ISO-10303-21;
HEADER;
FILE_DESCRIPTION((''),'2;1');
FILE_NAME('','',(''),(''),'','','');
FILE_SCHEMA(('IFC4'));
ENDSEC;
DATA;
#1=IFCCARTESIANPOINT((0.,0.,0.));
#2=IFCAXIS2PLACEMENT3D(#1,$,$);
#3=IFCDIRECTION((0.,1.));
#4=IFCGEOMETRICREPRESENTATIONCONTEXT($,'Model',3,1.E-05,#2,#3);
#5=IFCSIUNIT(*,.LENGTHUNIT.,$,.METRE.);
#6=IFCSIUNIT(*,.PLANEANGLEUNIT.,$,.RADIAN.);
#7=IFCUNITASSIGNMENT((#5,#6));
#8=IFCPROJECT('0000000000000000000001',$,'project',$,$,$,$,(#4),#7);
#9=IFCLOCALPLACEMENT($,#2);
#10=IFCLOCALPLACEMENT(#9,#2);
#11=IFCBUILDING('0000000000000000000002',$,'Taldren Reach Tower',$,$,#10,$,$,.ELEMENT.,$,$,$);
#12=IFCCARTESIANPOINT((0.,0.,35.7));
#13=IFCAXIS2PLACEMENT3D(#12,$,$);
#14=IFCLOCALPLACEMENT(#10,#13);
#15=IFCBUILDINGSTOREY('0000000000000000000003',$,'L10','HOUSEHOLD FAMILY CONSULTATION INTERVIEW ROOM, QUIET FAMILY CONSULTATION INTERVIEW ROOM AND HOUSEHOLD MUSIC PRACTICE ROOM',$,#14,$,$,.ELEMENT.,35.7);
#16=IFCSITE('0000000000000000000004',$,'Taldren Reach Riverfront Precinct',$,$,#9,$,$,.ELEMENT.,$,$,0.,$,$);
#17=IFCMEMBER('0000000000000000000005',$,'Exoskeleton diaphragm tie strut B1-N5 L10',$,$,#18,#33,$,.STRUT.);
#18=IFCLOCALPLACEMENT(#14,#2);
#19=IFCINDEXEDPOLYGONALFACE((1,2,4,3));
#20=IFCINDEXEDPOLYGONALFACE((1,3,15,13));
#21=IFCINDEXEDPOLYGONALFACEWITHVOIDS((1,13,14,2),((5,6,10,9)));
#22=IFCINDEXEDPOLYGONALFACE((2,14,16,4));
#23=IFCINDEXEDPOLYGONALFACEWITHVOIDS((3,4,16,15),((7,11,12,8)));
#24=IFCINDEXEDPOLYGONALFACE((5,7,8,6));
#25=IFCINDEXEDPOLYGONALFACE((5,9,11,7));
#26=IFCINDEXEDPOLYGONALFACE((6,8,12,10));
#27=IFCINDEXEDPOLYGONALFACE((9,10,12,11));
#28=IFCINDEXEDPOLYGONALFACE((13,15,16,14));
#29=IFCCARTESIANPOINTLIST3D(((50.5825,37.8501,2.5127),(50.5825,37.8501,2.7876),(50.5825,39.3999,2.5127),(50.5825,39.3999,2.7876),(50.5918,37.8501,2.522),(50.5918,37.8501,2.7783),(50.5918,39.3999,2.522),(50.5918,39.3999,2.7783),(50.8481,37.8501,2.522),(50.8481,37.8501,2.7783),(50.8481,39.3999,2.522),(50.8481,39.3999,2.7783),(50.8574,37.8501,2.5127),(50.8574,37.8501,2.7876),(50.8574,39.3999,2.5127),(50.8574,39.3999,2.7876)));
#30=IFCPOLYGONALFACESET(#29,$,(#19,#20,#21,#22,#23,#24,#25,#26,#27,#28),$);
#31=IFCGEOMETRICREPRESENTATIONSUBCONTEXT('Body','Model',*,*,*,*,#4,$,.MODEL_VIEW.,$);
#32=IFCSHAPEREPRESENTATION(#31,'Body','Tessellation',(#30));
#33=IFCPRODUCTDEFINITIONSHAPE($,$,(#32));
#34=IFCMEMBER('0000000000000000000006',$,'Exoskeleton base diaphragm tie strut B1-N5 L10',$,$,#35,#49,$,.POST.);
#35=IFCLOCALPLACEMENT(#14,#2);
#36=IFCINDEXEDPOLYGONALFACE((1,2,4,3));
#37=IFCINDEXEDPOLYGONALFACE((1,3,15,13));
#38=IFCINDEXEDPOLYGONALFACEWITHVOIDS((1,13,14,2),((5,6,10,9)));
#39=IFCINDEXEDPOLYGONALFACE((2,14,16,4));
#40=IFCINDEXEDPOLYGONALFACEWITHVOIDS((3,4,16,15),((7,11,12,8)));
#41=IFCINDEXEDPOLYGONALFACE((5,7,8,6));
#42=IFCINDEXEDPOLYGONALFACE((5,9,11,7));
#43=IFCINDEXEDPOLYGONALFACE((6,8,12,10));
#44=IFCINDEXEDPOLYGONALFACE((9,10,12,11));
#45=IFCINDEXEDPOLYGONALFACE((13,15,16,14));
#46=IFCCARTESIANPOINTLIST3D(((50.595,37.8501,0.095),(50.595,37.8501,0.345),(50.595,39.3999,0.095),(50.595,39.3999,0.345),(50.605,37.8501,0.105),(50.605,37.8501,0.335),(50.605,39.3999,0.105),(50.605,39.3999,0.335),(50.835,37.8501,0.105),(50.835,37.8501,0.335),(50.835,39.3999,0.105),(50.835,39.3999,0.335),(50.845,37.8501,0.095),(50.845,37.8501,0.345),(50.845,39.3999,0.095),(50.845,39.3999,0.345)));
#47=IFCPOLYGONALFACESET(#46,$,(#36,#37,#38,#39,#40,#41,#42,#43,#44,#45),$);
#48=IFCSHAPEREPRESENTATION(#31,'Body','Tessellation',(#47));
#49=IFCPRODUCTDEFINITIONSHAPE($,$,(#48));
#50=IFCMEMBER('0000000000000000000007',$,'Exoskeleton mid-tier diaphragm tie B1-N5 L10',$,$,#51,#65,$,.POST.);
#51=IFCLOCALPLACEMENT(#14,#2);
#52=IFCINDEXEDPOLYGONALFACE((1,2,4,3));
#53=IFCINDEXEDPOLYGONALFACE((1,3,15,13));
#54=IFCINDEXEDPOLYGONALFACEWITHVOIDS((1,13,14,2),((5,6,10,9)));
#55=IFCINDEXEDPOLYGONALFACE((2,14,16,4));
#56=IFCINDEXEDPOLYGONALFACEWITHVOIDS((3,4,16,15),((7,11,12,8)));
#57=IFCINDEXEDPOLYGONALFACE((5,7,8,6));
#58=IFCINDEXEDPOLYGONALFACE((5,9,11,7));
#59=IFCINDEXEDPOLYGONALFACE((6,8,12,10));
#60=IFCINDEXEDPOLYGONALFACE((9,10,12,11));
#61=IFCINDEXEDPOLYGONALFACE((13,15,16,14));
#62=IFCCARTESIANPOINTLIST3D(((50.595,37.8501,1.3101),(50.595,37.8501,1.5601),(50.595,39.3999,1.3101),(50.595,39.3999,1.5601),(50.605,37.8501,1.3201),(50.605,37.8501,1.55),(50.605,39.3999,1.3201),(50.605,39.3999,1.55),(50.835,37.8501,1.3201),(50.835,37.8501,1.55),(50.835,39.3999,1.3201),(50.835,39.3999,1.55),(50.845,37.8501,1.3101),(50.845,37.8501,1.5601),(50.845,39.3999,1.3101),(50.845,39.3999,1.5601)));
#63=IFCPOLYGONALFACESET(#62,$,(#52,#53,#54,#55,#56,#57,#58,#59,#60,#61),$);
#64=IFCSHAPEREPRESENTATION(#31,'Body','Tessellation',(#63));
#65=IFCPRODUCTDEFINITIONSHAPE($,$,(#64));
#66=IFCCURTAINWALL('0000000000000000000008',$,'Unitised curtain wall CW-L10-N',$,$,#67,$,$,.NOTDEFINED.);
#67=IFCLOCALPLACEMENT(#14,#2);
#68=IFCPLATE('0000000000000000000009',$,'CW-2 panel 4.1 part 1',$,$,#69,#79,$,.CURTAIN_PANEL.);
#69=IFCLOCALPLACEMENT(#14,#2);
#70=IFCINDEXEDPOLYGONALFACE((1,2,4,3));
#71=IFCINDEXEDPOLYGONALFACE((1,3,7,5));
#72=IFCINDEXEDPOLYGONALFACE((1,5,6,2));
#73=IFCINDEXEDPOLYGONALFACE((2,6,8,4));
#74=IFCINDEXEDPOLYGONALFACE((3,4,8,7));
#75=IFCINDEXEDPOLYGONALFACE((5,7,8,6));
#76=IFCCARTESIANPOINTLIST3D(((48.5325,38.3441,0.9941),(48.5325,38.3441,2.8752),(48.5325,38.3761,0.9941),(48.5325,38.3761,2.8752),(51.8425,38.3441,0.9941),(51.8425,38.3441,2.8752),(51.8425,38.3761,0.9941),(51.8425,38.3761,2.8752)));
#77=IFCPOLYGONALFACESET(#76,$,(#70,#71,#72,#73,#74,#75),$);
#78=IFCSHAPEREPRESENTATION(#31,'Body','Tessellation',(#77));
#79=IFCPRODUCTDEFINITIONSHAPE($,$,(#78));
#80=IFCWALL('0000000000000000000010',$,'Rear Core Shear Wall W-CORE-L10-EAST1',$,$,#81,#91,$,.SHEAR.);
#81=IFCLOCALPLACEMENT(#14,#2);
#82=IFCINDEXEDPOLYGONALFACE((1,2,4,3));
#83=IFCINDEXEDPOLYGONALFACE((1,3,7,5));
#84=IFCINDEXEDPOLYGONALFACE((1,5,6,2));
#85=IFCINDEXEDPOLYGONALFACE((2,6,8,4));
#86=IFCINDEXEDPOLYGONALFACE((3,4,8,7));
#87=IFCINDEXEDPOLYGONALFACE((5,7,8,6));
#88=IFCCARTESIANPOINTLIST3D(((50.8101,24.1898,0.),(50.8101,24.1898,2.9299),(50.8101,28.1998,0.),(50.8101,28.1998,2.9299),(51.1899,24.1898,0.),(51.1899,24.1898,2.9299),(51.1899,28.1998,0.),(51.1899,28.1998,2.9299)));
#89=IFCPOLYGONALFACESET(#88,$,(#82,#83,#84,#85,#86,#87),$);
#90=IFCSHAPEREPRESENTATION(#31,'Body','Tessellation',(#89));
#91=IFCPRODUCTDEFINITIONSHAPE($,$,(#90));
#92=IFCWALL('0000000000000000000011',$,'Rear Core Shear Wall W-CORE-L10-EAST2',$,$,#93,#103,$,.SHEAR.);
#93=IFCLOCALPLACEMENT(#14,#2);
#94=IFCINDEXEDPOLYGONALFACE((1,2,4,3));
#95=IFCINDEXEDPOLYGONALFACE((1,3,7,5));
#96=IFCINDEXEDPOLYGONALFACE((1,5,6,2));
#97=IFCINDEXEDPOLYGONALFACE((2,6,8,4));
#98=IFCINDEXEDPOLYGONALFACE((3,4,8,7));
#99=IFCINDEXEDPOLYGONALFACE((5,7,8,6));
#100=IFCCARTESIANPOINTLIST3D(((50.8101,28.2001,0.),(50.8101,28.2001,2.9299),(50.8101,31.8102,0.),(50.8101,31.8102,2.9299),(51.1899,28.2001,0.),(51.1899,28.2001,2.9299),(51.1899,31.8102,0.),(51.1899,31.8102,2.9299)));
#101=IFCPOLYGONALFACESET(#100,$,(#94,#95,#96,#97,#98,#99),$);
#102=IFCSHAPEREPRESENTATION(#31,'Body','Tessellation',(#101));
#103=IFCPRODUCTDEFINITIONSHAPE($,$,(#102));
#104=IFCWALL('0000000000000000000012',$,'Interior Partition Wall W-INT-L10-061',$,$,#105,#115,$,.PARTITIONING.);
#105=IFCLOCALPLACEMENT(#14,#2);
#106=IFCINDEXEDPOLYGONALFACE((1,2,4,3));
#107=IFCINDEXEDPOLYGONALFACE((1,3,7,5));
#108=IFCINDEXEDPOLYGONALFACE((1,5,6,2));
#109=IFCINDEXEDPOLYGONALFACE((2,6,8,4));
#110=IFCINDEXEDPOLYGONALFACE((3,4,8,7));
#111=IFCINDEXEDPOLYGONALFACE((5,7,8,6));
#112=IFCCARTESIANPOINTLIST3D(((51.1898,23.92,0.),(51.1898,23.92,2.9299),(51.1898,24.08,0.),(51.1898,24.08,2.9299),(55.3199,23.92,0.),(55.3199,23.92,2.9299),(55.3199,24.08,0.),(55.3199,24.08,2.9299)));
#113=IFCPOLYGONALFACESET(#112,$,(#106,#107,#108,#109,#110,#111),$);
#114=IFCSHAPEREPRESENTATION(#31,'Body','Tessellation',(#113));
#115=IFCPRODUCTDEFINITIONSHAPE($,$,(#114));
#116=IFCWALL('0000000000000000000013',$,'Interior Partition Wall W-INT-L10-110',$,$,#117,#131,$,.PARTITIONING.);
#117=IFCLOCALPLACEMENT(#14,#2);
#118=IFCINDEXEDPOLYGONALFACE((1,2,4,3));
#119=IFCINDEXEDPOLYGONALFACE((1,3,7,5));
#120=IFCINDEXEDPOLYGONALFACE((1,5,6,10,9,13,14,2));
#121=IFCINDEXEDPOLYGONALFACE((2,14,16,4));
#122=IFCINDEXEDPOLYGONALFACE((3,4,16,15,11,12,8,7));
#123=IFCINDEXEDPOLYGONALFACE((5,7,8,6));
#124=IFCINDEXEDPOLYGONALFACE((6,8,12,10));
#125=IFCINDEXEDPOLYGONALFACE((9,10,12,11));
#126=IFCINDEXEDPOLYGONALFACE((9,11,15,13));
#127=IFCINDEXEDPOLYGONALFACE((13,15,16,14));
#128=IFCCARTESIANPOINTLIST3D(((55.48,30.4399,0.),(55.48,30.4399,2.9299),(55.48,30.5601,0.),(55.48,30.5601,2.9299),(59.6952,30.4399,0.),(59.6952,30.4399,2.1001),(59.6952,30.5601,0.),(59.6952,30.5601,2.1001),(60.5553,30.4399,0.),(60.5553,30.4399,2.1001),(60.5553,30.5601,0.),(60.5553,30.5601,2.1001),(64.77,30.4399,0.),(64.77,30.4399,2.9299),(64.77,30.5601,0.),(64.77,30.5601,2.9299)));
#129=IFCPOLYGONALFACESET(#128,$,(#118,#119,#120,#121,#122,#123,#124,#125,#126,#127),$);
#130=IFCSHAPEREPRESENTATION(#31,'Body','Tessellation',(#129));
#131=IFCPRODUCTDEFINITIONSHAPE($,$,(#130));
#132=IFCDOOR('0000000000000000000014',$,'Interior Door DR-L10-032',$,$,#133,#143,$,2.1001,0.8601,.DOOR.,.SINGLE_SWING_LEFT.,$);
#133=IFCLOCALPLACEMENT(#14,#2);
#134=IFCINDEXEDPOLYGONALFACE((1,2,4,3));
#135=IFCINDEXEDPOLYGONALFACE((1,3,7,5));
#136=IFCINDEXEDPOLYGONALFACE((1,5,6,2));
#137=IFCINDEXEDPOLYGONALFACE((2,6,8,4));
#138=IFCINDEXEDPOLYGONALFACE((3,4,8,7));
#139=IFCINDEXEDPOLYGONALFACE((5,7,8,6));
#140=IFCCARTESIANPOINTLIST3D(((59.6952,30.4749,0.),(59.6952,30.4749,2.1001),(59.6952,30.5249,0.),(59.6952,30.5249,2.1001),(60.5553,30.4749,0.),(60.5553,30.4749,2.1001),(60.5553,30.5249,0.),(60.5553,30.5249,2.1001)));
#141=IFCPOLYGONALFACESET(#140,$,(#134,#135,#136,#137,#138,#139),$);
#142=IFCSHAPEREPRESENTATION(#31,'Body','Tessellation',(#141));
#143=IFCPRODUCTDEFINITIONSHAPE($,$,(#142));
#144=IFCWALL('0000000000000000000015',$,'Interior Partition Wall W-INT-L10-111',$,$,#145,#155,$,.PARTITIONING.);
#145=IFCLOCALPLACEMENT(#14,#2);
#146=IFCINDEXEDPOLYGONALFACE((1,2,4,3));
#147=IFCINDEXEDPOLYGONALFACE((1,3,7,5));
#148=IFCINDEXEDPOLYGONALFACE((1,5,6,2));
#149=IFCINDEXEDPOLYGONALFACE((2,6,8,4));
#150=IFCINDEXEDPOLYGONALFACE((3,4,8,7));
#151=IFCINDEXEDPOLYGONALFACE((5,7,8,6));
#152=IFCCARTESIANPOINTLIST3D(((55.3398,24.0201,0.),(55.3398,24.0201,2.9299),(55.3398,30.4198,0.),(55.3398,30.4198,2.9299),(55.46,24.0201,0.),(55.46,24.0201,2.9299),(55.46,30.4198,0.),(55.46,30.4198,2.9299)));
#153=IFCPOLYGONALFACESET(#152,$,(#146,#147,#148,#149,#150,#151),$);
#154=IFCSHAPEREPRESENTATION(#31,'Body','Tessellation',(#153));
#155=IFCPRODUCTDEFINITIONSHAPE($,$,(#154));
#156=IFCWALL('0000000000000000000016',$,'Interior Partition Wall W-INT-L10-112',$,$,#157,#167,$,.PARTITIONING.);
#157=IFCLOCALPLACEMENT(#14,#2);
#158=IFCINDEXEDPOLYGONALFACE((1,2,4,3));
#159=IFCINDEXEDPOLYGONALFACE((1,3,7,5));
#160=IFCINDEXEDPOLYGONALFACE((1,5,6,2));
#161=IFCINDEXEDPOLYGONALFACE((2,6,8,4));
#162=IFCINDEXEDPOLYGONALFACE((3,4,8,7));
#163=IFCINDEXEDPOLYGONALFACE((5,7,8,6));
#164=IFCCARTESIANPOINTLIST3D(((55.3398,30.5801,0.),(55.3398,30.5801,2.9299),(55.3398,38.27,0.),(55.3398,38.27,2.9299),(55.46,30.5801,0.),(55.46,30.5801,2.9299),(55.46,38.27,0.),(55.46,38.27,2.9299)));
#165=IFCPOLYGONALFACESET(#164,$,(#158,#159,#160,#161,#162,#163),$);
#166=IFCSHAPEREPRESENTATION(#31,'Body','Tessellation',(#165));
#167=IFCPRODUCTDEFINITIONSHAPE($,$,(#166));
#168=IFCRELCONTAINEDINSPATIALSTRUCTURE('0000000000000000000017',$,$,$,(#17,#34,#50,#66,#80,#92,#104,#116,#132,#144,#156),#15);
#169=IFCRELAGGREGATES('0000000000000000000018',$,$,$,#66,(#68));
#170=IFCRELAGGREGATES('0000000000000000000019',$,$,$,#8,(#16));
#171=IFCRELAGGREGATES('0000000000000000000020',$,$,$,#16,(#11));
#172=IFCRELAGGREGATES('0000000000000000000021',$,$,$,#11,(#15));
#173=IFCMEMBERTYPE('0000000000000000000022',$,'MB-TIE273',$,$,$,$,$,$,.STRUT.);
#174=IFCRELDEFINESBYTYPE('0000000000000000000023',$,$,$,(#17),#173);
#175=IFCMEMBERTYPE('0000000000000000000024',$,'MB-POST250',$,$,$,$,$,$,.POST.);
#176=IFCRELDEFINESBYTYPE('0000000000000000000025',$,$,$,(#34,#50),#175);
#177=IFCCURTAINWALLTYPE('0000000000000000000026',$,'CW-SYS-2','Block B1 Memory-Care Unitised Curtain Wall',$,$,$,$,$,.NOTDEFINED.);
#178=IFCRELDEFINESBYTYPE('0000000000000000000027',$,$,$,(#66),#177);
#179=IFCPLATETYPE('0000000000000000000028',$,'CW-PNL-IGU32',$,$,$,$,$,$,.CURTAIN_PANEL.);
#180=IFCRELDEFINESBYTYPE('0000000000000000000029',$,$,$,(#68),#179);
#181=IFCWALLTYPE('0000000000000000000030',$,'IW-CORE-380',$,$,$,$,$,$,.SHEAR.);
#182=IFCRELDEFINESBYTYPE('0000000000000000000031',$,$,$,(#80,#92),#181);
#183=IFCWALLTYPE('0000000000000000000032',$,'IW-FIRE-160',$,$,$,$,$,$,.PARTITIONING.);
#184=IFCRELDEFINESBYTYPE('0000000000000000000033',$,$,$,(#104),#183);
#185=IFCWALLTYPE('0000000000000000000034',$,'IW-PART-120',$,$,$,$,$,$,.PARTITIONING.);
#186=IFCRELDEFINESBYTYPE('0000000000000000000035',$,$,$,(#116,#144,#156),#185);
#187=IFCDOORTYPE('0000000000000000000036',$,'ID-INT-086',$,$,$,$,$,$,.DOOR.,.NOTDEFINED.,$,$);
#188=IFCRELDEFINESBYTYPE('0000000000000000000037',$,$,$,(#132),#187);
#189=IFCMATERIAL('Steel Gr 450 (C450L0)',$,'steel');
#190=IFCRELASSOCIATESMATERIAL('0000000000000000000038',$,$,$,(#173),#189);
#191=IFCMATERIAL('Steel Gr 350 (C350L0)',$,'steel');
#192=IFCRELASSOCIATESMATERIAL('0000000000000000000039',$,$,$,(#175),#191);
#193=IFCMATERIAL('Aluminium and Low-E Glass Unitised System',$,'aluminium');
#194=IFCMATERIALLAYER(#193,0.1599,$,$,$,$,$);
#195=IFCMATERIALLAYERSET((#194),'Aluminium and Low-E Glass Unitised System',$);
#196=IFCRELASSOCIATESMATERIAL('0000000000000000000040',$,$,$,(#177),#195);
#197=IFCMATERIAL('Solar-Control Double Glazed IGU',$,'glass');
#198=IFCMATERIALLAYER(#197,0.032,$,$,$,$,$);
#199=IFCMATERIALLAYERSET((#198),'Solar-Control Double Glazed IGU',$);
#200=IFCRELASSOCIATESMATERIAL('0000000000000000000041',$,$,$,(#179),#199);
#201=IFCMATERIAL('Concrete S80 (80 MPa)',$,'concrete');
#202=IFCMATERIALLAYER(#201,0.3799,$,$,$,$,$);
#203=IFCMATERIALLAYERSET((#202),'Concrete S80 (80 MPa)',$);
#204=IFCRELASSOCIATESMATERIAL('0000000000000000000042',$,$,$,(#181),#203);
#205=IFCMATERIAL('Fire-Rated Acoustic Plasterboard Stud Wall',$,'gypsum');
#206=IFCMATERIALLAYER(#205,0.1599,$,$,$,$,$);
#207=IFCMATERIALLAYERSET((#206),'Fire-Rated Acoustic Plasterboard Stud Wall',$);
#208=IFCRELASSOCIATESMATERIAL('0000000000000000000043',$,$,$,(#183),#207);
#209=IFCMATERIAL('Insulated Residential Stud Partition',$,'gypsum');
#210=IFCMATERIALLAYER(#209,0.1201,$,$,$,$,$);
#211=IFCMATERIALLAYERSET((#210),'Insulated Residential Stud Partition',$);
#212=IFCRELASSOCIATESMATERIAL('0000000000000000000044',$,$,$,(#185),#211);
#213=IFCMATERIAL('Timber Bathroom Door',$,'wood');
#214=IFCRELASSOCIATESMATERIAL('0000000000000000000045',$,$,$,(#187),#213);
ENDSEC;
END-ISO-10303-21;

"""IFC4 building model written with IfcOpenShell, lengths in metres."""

from ifc_helpers import new_model, si_unit, direction, frame, frame_2d, origin, origin_2d, place, context, subcontext, project, spatial, rectangle, hollow_rectangle, extrude, source, transform, mapped, material, layer, layer_set, material_profile, profile_set, type_object, element, fill, aggregate, save


model = new_model("IFC4")

# Units and contexts
model_context = context("Model", 3, precision=1e-05, world=origin(), true_north=direction((0.0, 1.0)))
body_context = subcontext(model_context, "Body", "Model", "MODEL_VIEW")
ifc_project = project(units=[si_unit("LENGTHUNIT", "METRE"), si_unit("PLANEANGLEUNIT", "RADIAN")], contexts=[model_context])

# Site, building, storey
site_placement = place(None, origin())
site = spatial("IfcSite", under=ifc_project, at=site_placement, Name="Taldren Reach Riverfront Precinct", CompositionType="ELEMENT", RefElevation=0.0)
building_placement = place(site_placement, origin())
building = spatial("IfcBuilding", under=site, at=building_placement, Name="Taldren Reach Tower", CompositionType="ELEMENT")
storey_placement = place(building_placement, frame((0.0, 0.0, 35.7)))
storey = spatial("IfcBuildingStorey", under=building, at=storey_placement, Name="L10", Description="HOUSEHOLD FAMILY CONSULTATION INTERVIEW ROOM, QUIET FAMILY CONSULTATION INTERVIEW ROOM AND HOUSEHOLD MUSIC PRACTICE ROOM", CompositionType="ELEMENT", Elevation=35.7)

# Members
ifc_material_1 = material(Name="Steel Gr 450 (C450L0)", Category="steel")
ifc_material_profile_1 = material_profile(ifc_material_1, hollow_rectangle(XDim=0.2749, YDim=0.2749, WallThickness=0.0093, at=origin_2d()), Name="275x275x9.3SHS")
ifc_profile_set_1 = profile_set([ifc_material_profile_1], Name="Steel Gr 450 (C450L0)")
member_type_1 = type_object("IfcMemberType", Name="MB-TIE273", PredefinedType="STRUT", material=ifc_profile_set_1)
shared_shape_1 = source(origin(), body_context, "Body", "SweptSolid", [
    extrude(hollow_rectangle(XDim=0.2749, YDim=0.2749, WallThickness=0.0093, at=origin_2d()), origin(), (0.0, 0.0, 1.0), 1.5498),
])
member_placement = place(storey_placement, frame((50.72, 37.8501, 2.6501), z_axis=(0.0, 1.0, 0.0), x_axis=(-1.0, 0.0, 0.0)))
element("IfcMember", 1, at=member_placement, inside=storey, type_object=member_type_1, Name="Exoskeleton diaphragm tie strut B1-N5 L10", PredefinedType="STRUT", context=body_context, shape_type="MappedRepresentation", body=[
    mapped(shared_shape_1, transform((0.0, 0.0, 0.0), scale=1.0)),
])
ifc_material_2 = material(Name="Steel Gr 350 (C350L0)", Category="steel")
ifc_material_profile_2 = material_profile(ifc_material_2, hollow_rectangle(XDim=0.25, YDim=0.25, WallThickness=0.01, at=origin_2d()), Name="250x250x10.0SHS")
ifc_profile_set_2 = profile_set([ifc_material_profile_2], Name="Steel Gr 350 (C350L0)")
member_type_2 = type_object("IfcMemberType", Name="MB-POST250", PredefinedType="POST", material=ifc_profile_set_2)
shared_shape_2 = source(origin(), body_context, "Body", "SweptSolid", [
    extrude(hollow_rectangle(XDim=0.25, YDim=0.25, WallThickness=0.01, at=origin_2d()), origin(), (0.0, 0.0, 1.0), 1.5498),
])
for number, where, z_axis, x_axis, name in (
    (2, (50.72, 37.8501, 0.22), (0.0, 1.0, 0.0), (-1.0, 0.0, 0.0), "Exoskeleton base diaphragm tie strut B1-N5 L10"),
    (3, (50.72, 37.8501, 1.4351), (0.0, 1.0, 0.0), (-1.0, 0.0, 0.0), "Exoskeleton mid-tier diaphragm tie B1-N5 L10"),
):
    element("IfcMember", number, at=place(storey_placement, frame(where, z_axis=z_axis, x_axis=x_axis)), inside=storey, type_object=member_type_2, Name=name, PredefinedType="POST", context=body_context, shape_type="MappedRepresentation", body=[
        mapped(shared_shape_2, transform((0.0, 0.0, 0.0), scale=1.0)),
    ])

# Curtain wall, plate
ifc_material_3 = material(Name="Aluminium and Low-E Glass Unitised System", Category="aluminium")
ifc_layer_1 = layer(ifc_material_3, 0.1599)
ifc_layer_set_1 = layer_set([ifc_layer_1], Name="Aluminium and Low-E Glass Unitised System")
curtain_wall_type = type_object("IfcCurtainWallType", Name="CW-SYS-2", Description="Block B1 Memory-Care Unitised Curtain Wall", PredefinedType="NOTDEFINED", material=ifc_layer_set_1)
curtain_wall_placement = place(storey_placement, origin())
curtain_wall = element("IfcCurtainWall", 4, at=curtain_wall_placement, inside=storey, type_object=curtain_wall_type, Name="Unitised curtain wall CW-L10-N", PredefinedType="NOTDEFINED")
ifc_material_4 = material(Name="Solar-Control Double Glazed IGU", Category="glass")
ifc_layer_2 = layer(ifc_material_4, 0.032)
ifc_layer_set_2 = layer_set([ifc_layer_2], Name="Solar-Control Double Glazed IGU")
plate_type = type_object("IfcPlateType", Name="CW-PNL-IGU32", PredefinedType="CURTAIN_PANEL", material=ifc_layer_set_2)
shared_shape_3 = source(origin(), body_context, "Body", "SweptSolid", [
    extrude(rectangle(XDim=3.3101, YDim=0.032, at=origin_2d()), origin(), (0.0, 0.0, 1.0), 1.8811),
])
plate_placement = place(storey_placement, frame((50.1875, 38.3601, 0.9941), z_axis=(0.0, 0.0, 1.0), x_axis=(-1.0, 0.0, 0.0)))
plate = element("IfcPlate", 5, at=plate_placement, type_object=plate_type, Name="CW-2 panel 4.1 part 1", PredefinedType="CURTAIN_PANEL", context=body_context, shape_type="MappedRepresentation", body=[
    mapped(shared_shape_3, transform((0.0, 0.0, 0.0), scale=1.0)),
])
aggregate(curtain_wall, [plate])

# Walls
ifc_material_5 = material(Name="Concrete S80 (80 MPa)", Category="concrete")
ifc_layer_3 = layer(ifc_material_5, 0.3799)
ifc_layer_set_3 = layer_set([ifc_layer_3], Name="Concrete S80 (80 MPa)")
wall_type_1 = type_object("IfcWallType", Name="IW-CORE-380", PredefinedType="SHEAR", material=ifc_layer_set_3)
shared_shape_4 = source(origin(), body_context, "Body", "SweptSolid", [
    extrude(rectangle(XDim=4.01, YDim=0.3799, at=frame_2d((2.0049, 0.0))), origin(), (0.0, 0.0, 1.0), 2.9299),
])
wall_1_placement = place(storey_placement, frame((51.0, 24.1899, 0.0), z_axis=(0.0, 0.0, 1.0), x_axis=(0.0, 1.0, 0.0)))
element("IfcWall", 6, at=wall_1_placement, inside=storey, type_object=wall_type_1, Name="Rear Core Shear Wall W-CORE-L10-EAST1", PredefinedType="SHEAR", context=body_context, shape_type="MappedRepresentation", body=[
    mapped(shared_shape_4, transform((0.0, 0.0, 0.0), scale=1.0)),
])
shared_shape_5 = source(origin(), body_context, "Body", "SweptSolid", [
    extrude(rectangle(XDim=3.6101, YDim=0.3799, at=frame_2d((1.8052, 0.0))), origin(), (0.0, 0.0, 1.0), 2.9299),
])
wall_2_placement = place(storey_placement, frame((51.0, 28.2, 0.0), z_axis=(0.0, 0.0, 1.0), x_axis=(0.0, 1.0, 0.0)))
element("IfcWall", 7, at=wall_2_placement, inside=storey, type_object=wall_type_1, Name="Rear Core Shear Wall W-CORE-L10-EAST2", PredefinedType="SHEAR", context=body_context, shape_type="MappedRepresentation", body=[
    mapped(shared_shape_5, transform((0.0, 0.0, 0.0), scale=1.0)),
])
ifc_material_6 = material(Name="Fire-Rated Acoustic Plasterboard Stud Wall", Category="gypsum")
ifc_layer_4 = layer(ifc_material_6, 0.1599)
ifc_layer_set_4 = layer_set([ifc_layer_4], Name="Fire-Rated Acoustic Plasterboard Stud Wall")
wall_type_2 = type_object("IfcWallType", Name="IW-FIRE-160", PredefinedType="PARTITIONING", material=ifc_layer_set_4)
shared_shape_6 = source(origin(), body_context, "Body", "SweptSolid", [
    extrude(rectangle(XDim=4.1301, YDim=0.1599, at=frame_2d((2.0649, 0.0))), origin(), (0.0, 0.0, 1.0), 2.9299),
])
wall_3_placement = place(storey_placement, frame((51.1899, 24.0, 0.0), z_axis=(0.0, 0.0, 1.0), x_axis=(1.0, 0.0, 0.0)))
element("IfcWall", 8, at=wall_3_placement, inside=storey, type_object=wall_type_2, Name="Interior Partition Wall W-INT-L10-061", PredefinedType="PARTITIONING", context=body_context, shape_type="MappedRepresentation", body=[
    mapped(shared_shape_6, transform((0.0, 0.0, 0.0), scale=1.0)),
])

# Wall, opening, door
ifc_material_7 = material(Name="Insulated Residential Stud Partition", Category="gypsum")
ifc_layer_5 = layer(ifc_material_7, 0.1201)
ifc_layer_set_5 = layer_set([ifc_layer_5], Name="Insulated Residential Stud Partition")
wall_type_3 = type_object("IfcWallType", Name="IW-PART-120", PredefinedType="PARTITIONING", material=ifc_layer_set_5)
shared_shape_7 = source(origin(), body_context, "Body", "SweptSolid", [
    extrude(rectangle(XDim=9.29, YDim=0.1201, at=frame_2d((4.645, 0.0))), origin(), (0.0, 0.0, 1.0), 2.9299),
])
wall_4_placement = place(storey_placement, frame((55.48, 30.5, 0.0), z_axis=(0.0, 0.0, 1.0), x_axis=(1.0, 0.0, 0.0)))
wall_4 = element("IfcWall", 9, at=wall_4_placement, inside=storey, type_object=wall_type_3, Name="Interior Partition Wall W-INT-L10-110", PredefinedType="PARTITIONING", context=body_context, shape_type="MappedRepresentation", body=[
    mapped(shared_shape_7, transform((0.0, 0.0, 0.0), scale=1.0)),
])
shared_shape_8 = source(origin(), body_context, "Body", "SweptSolid", [
    extrude(rectangle(XDim=0.8601, YDim=2.1001, at=frame_2d((0.4302, 1.05))), frame((0.0, 0.0701, 0.0), z_axis=(0.0, -1.0, 0.0), x_axis=(1.0, 0.0, 0.0)), (0.0, 0.0, 1.0), 0.1401),
])
opening_placement = place(wall_4_placement, frame((4.2151, 0.0, 0.0)))
opening = element("IfcOpeningElement", 10, at=opening_placement, cuts=wall_4, PredefinedType="OPENING", context=body_context, shape_type="MappedRepresentation", body=[
    mapped(shared_shape_8, transform((0.0, 0.0, 0.0), scale=1.0)),
])
ifc_material_8 = material(Name="Timber Bathroom Door", Category="wood")
door_type = type_object("IfcDoorType", Name="ID-INT-086", OperationType="NOTDEFINED", PredefinedType="DOOR", material=ifc_material_8)
shared_shape_9 = source(origin(), body_context, "Body", "SweptSolid", [
    extrude(rectangle(XDim=0.8601, YDim=2.1001, at=frame_2d((0.4302, 1.05))), frame((0.0, 0.0249, 0.0), z_axis=(0.0, -1.0, 0.0), x_axis=(1.0, 0.0, 0.0)), (0.0, 0.0, 1.0), 0.05),
])
door_placement = place(opening_placement, origin())
door = element("IfcDoor", 11, at=door_placement, inside=storey, type_object=door_type, Name="Interior Door DR-L10-032", OperationType="SINGLE_SWING_LEFT", OverallHeight=2.1001, OverallWidth=0.8601, PredefinedType="DOOR", context=body_context, shape_type="MappedRepresentation", body=[
    mapped(shared_shape_9, transform((0.0, 0.0, 0.0), scale=1.0)),
])
fill(opening, door)

# Walls
shared_shape_10 = source(origin(), body_context, "Body", "SweptSolid", [
    extrude(rectangle(XDim=6.3997, YDim=0.1201, at=frame_2d((3.1997, 0.0))), origin(), (0.0, 0.0, 1.0), 2.9299),
])
wall_5_placement = place(storey_placement, frame((55.3999, 24.0203, 0.0), z_axis=(0.0, 0.0, 1.0), x_axis=(0.0, 1.0, 0.0)))
element("IfcWall", 12, at=wall_5_placement, inside=storey, type_object=wall_type_3, Name="Interior Partition Wall W-INT-L10-111", PredefinedType="PARTITIONING", context=body_context, shape_type="MappedRepresentation", body=[
    mapped(shared_shape_10, transform((0.0, 0.0, 0.0), scale=1.0)),
])
shared_shape_11 = source(origin(), body_context, "Body", "SweptSolid", [
    extrude(rectangle(XDim=7.6899, YDim=0.1201, at=frame_2d((3.845, 0.0))), origin(), (0.0, 0.0, 1.0), 2.9299),
])
wall_6_placement = place(storey_placement, frame((55.3999, 30.5801, 0.0), z_axis=(0.0, 0.0, 1.0), x_axis=(0.0, 1.0, 0.0)))
element("IfcWall", 13, at=wall_6_placement, inside=storey, type_object=wall_type_3, Name="Interior Partition Wall W-INT-L10-112", PredefinedType="PARTITIONING", context=body_context, shape_type="MappedRepresentation", body=[
    mapped(shared_shape_11, transform((0.0, 0.0, 0.0), scale=1.0)),
])

save(model, "model.ifc")
